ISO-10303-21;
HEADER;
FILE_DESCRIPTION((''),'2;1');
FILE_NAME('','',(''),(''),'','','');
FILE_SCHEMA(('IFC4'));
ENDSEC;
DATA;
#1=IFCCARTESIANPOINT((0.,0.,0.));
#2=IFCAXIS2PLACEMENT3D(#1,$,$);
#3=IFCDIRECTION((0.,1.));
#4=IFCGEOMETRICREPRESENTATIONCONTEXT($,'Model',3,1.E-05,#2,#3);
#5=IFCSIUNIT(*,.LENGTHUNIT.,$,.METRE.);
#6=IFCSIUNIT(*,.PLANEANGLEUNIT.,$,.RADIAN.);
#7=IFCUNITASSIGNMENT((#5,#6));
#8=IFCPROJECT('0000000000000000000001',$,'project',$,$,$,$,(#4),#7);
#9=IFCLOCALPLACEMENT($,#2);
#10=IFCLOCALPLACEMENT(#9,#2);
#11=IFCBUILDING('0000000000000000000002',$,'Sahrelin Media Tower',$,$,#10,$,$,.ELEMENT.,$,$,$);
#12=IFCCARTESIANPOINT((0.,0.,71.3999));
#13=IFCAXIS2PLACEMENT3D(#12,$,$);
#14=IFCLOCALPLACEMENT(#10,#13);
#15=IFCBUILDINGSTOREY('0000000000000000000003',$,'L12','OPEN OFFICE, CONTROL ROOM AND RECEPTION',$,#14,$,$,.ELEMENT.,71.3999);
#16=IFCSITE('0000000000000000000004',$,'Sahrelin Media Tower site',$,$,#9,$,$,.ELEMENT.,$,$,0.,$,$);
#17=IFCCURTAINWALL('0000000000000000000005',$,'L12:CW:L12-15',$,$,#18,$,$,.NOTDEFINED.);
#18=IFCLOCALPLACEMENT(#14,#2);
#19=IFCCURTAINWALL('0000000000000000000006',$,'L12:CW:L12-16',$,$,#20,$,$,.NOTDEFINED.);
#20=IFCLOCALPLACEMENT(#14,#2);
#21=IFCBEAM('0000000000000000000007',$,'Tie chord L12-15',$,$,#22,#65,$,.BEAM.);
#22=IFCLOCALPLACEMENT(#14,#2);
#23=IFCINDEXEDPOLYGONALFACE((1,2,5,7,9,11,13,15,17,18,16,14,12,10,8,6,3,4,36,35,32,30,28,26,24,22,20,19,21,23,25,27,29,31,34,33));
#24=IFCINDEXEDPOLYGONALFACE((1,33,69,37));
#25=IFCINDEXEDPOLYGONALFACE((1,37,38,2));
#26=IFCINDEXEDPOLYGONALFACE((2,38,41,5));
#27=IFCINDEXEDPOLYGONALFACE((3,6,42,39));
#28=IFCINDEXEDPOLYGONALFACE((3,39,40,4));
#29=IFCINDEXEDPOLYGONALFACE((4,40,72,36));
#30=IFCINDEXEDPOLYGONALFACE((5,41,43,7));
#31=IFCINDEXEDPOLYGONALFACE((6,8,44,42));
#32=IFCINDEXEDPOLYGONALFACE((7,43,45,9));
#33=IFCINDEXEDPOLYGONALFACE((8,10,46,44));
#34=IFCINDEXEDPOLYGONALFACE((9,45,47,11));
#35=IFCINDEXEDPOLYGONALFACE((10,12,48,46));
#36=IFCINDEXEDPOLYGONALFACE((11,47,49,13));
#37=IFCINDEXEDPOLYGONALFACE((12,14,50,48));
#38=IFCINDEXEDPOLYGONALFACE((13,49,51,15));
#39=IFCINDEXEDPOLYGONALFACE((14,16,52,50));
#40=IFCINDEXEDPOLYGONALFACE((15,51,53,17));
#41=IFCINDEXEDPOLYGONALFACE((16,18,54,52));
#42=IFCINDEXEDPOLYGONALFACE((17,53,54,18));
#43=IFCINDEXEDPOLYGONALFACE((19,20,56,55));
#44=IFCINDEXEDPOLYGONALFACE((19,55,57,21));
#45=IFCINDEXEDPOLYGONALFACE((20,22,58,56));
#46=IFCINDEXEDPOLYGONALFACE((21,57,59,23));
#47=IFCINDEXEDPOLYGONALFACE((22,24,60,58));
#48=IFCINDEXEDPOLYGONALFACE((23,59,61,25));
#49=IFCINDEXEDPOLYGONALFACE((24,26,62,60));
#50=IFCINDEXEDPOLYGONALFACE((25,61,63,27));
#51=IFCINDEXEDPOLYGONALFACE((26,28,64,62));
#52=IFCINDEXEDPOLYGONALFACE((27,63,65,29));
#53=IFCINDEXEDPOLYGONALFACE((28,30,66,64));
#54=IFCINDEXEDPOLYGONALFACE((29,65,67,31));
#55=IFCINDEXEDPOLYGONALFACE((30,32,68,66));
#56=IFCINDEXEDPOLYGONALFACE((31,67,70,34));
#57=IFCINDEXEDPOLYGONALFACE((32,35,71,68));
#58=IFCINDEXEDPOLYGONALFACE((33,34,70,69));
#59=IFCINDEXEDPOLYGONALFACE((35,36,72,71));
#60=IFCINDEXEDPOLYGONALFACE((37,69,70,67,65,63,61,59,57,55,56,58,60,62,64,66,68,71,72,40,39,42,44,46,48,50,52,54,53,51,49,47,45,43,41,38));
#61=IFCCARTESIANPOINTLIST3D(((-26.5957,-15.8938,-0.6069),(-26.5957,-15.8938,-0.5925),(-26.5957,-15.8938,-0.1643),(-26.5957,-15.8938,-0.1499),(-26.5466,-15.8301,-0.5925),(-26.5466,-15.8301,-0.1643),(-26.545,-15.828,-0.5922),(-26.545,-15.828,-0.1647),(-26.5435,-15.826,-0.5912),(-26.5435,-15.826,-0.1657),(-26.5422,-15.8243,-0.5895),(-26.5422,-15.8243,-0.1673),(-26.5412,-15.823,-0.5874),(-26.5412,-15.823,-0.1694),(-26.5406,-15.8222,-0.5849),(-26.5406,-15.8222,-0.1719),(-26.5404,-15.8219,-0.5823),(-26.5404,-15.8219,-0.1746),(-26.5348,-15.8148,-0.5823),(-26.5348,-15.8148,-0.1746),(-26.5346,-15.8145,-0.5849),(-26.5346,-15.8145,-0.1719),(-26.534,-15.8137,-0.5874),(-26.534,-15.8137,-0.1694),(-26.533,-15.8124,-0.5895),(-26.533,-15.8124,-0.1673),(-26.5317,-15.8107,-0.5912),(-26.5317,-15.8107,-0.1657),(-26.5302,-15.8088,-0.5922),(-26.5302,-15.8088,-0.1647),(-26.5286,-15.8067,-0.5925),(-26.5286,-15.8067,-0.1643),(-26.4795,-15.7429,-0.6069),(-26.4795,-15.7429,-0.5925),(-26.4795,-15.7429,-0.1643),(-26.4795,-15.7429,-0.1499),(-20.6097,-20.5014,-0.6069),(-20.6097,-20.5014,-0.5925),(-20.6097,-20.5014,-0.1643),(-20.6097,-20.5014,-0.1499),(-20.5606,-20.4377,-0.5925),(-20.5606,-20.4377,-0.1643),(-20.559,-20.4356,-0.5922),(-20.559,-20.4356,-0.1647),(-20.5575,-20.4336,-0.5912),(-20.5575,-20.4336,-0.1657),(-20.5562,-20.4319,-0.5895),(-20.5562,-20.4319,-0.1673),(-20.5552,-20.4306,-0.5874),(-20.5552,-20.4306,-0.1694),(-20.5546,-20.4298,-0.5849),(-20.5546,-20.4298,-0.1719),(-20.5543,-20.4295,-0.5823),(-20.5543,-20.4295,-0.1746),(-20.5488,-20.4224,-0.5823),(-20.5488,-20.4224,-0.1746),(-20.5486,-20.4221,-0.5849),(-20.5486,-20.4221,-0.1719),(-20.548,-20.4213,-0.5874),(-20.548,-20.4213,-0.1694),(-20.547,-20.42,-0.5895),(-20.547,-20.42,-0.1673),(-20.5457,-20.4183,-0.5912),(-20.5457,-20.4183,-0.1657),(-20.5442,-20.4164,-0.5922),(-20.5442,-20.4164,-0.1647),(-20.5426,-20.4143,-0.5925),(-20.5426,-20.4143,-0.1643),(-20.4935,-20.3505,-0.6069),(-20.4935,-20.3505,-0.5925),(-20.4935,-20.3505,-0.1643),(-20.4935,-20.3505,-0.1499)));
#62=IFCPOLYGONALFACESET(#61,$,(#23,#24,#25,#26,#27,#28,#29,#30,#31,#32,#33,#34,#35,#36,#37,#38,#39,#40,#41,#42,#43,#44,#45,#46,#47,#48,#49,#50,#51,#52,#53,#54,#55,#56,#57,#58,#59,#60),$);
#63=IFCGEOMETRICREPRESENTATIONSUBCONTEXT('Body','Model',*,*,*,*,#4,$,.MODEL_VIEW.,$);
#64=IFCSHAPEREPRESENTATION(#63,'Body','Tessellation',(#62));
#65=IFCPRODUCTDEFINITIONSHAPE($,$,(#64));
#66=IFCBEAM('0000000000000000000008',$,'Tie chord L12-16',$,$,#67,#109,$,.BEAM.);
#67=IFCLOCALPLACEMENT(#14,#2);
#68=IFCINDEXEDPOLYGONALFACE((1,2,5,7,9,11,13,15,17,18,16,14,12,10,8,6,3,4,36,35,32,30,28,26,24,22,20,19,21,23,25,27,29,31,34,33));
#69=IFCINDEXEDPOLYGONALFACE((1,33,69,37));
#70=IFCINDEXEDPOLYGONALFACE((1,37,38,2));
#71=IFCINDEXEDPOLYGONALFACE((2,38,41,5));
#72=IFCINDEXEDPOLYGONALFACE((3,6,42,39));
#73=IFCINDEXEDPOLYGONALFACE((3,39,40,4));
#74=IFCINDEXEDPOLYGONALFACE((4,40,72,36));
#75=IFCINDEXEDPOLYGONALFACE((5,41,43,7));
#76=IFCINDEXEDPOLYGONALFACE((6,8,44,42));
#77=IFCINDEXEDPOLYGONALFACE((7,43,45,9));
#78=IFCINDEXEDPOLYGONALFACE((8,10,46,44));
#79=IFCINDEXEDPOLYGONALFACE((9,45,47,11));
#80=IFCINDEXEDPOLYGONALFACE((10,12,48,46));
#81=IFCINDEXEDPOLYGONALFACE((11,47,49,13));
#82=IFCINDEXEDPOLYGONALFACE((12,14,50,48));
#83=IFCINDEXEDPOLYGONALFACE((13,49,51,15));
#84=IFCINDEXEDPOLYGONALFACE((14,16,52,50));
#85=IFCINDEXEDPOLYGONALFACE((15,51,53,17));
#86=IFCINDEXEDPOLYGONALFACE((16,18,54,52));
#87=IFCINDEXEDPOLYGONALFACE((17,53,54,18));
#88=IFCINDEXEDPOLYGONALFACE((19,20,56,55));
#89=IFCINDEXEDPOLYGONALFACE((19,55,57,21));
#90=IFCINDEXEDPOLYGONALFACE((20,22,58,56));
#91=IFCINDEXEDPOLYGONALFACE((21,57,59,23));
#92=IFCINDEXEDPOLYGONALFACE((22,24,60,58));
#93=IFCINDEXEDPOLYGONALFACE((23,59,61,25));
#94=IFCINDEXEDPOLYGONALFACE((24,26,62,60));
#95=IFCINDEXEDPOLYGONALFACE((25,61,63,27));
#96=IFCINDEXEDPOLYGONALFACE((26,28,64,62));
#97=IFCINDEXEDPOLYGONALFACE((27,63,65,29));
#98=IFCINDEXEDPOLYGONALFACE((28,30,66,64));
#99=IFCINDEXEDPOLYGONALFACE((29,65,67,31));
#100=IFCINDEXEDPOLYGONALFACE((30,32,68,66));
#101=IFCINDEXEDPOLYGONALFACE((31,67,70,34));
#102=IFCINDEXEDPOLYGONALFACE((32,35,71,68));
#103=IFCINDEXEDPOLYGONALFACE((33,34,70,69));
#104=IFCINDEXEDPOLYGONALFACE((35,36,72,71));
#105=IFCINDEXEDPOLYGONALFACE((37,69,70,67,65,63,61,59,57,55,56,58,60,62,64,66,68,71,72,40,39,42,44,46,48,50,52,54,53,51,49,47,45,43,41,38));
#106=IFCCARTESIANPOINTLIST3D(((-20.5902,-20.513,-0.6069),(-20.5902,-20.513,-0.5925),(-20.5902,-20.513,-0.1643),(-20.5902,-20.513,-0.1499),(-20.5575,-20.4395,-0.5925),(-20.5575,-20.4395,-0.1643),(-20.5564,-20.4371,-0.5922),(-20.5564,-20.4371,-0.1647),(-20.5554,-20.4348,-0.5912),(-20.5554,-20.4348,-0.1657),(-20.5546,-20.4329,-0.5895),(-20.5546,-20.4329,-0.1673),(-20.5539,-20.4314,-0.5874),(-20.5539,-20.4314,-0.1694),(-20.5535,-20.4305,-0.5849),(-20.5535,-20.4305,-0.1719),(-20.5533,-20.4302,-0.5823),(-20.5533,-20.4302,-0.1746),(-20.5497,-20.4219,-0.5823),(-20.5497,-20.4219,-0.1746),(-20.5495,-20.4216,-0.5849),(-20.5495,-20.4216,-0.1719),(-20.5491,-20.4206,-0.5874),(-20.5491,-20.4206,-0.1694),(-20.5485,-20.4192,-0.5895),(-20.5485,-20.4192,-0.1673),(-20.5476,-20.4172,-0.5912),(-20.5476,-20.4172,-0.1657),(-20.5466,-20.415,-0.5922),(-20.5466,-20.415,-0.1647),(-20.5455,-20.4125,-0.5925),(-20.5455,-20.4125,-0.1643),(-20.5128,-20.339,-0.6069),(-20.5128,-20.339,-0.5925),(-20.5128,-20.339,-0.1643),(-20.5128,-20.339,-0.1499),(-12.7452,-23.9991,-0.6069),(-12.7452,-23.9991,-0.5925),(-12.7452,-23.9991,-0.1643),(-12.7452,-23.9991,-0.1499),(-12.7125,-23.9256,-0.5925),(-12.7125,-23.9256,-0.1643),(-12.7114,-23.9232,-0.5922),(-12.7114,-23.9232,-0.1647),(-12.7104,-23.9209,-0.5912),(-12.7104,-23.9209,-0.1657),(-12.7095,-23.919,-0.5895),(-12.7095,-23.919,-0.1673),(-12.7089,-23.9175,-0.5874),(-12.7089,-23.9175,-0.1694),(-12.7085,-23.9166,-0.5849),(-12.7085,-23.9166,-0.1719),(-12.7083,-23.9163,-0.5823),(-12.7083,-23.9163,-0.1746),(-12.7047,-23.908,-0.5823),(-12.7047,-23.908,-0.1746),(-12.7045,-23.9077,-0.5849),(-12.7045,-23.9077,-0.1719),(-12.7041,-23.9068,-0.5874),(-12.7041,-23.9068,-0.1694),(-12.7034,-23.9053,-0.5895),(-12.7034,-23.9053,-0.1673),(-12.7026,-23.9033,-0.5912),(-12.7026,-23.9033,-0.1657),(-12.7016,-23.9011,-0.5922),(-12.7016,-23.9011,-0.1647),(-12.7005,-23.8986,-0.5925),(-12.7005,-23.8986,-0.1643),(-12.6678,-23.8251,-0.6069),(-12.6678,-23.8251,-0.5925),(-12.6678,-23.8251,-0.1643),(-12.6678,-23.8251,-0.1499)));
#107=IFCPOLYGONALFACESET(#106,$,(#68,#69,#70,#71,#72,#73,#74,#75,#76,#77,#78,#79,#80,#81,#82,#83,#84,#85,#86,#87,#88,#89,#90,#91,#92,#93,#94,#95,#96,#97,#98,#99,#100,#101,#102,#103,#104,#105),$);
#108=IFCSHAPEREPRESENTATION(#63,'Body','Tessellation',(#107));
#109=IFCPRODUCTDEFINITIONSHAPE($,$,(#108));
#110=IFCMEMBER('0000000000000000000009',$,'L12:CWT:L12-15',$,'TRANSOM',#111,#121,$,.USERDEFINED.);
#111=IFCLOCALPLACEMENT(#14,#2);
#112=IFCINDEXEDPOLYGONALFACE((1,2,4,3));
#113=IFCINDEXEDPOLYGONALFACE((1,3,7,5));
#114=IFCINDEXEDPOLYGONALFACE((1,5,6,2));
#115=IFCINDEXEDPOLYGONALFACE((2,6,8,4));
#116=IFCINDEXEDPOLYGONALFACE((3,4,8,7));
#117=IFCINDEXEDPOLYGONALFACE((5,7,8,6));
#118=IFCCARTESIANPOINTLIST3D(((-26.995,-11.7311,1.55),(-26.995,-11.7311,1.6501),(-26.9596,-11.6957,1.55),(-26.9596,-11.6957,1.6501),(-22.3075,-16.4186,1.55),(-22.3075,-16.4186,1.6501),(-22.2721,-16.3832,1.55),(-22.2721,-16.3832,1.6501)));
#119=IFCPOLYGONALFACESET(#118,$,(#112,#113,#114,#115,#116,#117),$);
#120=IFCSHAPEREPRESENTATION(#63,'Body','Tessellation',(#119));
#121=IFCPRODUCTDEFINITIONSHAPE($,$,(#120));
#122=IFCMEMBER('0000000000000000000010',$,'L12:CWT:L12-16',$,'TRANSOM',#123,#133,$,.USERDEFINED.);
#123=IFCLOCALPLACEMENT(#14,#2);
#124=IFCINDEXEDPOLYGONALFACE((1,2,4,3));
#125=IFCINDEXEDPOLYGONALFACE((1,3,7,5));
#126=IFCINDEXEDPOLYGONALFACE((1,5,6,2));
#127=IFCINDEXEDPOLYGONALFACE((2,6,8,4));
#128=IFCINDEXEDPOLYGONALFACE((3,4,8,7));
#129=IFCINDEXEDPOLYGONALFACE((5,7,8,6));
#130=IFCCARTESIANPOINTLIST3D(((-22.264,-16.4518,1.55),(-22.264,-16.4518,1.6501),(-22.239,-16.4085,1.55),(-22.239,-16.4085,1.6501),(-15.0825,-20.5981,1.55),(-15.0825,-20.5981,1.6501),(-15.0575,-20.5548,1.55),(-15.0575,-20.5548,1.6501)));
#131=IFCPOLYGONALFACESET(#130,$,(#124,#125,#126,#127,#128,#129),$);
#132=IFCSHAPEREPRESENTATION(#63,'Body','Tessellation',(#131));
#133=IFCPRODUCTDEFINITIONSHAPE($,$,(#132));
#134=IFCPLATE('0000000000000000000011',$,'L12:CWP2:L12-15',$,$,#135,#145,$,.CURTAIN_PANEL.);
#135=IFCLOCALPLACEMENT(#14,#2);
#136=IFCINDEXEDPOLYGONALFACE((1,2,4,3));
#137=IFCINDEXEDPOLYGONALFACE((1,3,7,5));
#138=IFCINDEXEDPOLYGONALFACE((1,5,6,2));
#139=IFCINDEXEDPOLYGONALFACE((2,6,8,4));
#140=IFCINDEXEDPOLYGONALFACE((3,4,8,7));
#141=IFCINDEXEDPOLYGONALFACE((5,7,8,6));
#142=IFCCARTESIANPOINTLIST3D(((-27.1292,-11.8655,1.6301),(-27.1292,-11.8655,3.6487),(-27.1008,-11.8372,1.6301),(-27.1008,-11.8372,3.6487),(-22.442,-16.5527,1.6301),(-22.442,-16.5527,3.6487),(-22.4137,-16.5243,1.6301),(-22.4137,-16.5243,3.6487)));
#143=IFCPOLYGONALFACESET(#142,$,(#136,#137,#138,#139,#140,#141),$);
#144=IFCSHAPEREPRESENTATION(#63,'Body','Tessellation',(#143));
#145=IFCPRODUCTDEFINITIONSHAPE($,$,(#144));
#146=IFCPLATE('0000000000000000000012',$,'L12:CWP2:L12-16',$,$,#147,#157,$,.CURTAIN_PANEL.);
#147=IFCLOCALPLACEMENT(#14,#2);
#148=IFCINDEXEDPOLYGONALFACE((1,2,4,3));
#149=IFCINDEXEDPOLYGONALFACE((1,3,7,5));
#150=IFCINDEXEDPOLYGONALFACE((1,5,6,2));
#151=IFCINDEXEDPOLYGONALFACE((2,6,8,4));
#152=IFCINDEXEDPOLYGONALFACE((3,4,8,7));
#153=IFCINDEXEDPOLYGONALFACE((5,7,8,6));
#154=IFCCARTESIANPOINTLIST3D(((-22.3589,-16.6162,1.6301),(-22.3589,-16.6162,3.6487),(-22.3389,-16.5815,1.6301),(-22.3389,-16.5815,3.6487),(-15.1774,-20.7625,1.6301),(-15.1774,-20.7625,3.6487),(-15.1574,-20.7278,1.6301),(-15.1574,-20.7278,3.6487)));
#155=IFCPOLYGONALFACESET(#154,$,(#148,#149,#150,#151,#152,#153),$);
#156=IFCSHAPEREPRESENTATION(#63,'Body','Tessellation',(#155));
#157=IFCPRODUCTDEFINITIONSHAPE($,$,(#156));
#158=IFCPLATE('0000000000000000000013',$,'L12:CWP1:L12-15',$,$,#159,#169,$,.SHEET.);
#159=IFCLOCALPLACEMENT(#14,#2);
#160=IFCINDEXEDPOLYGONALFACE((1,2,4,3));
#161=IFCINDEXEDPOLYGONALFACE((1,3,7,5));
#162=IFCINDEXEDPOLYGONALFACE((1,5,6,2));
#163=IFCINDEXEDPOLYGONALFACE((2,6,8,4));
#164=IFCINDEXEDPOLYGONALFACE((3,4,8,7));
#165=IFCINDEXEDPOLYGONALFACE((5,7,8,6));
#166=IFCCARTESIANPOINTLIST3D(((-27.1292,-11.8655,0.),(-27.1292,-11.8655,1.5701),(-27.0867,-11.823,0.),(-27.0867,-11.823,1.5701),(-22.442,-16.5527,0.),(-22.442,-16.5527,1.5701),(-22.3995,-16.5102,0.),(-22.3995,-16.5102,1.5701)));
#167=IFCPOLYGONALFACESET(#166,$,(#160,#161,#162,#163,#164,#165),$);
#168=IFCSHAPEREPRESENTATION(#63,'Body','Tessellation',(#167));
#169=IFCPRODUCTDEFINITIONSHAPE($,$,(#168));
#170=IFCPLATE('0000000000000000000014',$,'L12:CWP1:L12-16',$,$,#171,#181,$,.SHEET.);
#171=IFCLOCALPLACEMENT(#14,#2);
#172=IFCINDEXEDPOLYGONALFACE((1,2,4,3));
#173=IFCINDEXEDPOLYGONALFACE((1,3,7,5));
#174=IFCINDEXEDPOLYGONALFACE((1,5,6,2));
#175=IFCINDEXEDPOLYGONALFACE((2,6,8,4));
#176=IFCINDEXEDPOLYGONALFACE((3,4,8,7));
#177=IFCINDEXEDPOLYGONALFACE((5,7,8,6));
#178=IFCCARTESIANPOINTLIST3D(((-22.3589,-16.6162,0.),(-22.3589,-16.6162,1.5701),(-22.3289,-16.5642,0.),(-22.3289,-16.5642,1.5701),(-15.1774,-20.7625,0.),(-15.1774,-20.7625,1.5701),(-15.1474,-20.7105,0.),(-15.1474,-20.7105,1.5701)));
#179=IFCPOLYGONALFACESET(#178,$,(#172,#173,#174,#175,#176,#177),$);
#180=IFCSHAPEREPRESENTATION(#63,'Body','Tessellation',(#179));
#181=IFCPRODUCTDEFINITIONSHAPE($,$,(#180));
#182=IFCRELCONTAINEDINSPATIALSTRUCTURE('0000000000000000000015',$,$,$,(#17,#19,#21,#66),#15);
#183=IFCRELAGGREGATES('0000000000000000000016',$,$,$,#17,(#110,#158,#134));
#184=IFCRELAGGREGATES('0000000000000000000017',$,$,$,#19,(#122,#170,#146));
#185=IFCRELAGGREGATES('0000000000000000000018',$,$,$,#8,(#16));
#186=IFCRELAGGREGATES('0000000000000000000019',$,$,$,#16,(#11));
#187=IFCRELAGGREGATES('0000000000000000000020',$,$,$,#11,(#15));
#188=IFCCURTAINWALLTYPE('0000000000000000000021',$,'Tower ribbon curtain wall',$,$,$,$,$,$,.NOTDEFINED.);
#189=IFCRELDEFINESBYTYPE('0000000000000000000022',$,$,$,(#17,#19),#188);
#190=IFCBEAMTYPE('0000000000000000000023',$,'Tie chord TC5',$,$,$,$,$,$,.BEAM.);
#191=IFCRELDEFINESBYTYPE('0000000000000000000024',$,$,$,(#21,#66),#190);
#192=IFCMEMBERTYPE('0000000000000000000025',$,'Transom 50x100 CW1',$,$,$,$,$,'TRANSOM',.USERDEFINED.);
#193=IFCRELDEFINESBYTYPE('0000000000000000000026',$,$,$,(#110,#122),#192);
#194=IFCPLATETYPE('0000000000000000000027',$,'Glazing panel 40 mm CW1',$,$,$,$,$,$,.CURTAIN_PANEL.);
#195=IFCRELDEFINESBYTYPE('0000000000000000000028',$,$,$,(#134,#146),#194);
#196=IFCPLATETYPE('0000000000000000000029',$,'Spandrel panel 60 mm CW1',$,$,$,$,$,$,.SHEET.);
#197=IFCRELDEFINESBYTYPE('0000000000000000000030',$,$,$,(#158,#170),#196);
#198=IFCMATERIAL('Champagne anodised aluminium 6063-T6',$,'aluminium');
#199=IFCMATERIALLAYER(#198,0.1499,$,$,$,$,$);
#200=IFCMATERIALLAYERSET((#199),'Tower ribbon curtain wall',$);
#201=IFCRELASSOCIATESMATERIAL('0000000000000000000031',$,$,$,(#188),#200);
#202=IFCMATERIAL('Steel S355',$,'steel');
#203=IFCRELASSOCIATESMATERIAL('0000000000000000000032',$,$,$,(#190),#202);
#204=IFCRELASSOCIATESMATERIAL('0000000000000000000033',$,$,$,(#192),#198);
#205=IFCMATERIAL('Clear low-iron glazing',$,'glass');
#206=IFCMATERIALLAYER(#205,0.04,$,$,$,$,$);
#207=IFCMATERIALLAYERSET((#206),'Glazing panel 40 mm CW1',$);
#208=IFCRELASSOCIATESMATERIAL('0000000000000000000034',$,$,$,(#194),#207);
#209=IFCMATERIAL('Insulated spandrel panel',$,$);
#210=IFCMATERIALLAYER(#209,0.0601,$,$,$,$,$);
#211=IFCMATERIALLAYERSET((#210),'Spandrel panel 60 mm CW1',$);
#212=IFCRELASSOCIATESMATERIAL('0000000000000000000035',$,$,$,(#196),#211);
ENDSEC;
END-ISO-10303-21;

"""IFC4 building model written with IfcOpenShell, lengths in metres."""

from ifc_helpers import new_model, si_unit, direction, frame, origin, origin_2d, place, context, subcontext, project, spatial, polyline, rectangle, i_section, outline, extrude, material, layer, layer_set, material_profile, profile_set, type_object, element, aggregate, save


model = new_model("IFC4")

# Units and contexts
model_context = context("Model", 3, precision=1e-05, world=origin(), true_north=direction((0.0, 1.0)))
body_context = subcontext(model_context, "Body", "Model", "MODEL_VIEW")
ifc_project = project(units=[si_unit("LENGTHUNIT", "METRE"), si_unit("PLANEANGLEUNIT", "RADIAN")], contexts=[model_context])

# Site, building, storey
site_placement = place(None, origin())
site = spatial("IfcSite", under=ifc_project, at=site_placement, Name="Sahrelin Media Tower site", CompositionType="ELEMENT", RefElevation=0.0)
building_placement = place(site_placement, origin())
building = spatial("IfcBuilding", under=site, at=building_placement, Name="Sahrelin Media Tower", CompositionType="ELEMENT")
storey_placement = place(building_placement, frame((0.0, 0.0, 71.3999)))
storey = spatial("IfcBuildingStorey", under=building, at=storey_placement, Name="L12", Description="OPEN OFFICE, CONTROL ROOM AND RECEPTION", CompositionType="ELEMENT", Elevation=71.3999)

# Shared definitions
ifc_material_1 = material(Name="Steel S355", Category="steel")

# Curtain walls
ifc_material_2 = material(Name="Champagne anodised aluminium 6063-T6", Category="aluminium")
ifc_layer_1 = layer(ifc_material_2, 0.1499)
ifc_layer_set_1 = layer_set([ifc_layer_1], Name="Tower ribbon curtain wall")
curtain_wall_type = type_object("IfcCurtainWallType", Name="Tower ribbon curtain wall", PredefinedType="NOTDEFINED", material=ifc_layer_set_1)
curtain_wall_1_placement = place(storey_placement, frame((-24.7715, -14.1951, 0.0), z_axis=(0.0, 0.0, 1.0), x_axis=(1.0, 0.0, 0.0)))
curtain_wall_1 = element("IfcCurtainWall", 1, at=curtain_wall_1_placement, inside=storey, type_object=curtain_wall_type, Name="L12:CW:L12-15", PredefinedType="NOTDEFINED")
curtain_wall_2_placement = place(storey_placement, frame((-18.7583, -18.6721, 0.0), z_axis=(0.0, 0.0, 1.0), x_axis=(1.0, 0.0, 0.0)))
curtain_wall_2 = element("IfcCurtainWall", 2, at=curtain_wall_2_placement, inside=storey, type_object=curtain_wall_type, Name="L12:CW:L12-16", PredefinedType="NOTDEFINED")

# Beams
ifc_material_profile_1 = material_profile(ifc_material_1, i_section(OverallWidth=0.1904, OverallDepth=0.457, WebThickness=0.009, FlangeThickness=0.0144, FilletRadius=0.0103, at=origin_2d()), Name="UB 457x191x74")
ifc_profile_set_1 = profile_set([ifc_material_profile_1], Name="Steel S355")
beam_type_1 = type_object("IfcBeamType", Name="Tie chord TC5", PredefinedType="BEAM", material=ifc_profile_set_1)
beam_1_placement = place(storey_placement, frame((-26.5376, -15.8184, -0.3784), z_axis=(0.792433, -0.609959, 0.0), x_axis=(0.609959, 0.792433, 0.0)))
element("IfcBeam", 3, at=beam_1_placement, inside=storey, type_object=beam_type_1, Name="Tie chord L12-15", PredefinedType="BEAM", context=body_context, shape_type="SweptSolid", body=[
    extrude(i_section(OverallWidth=0.1904, OverallDepth=0.457, WebThickness=0.009, FlangeThickness=0.0144, FilletRadius=0.0103, at=origin_2d()), origin(), (0.0, 0.0, 1.0), 7.554),
])
beam_2_placement = place(storey_placement, frame((-20.5515, -20.426, -0.3784), z_axis=(0.913836, -0.406083, 0.0), x_axis=(0.406083, 0.913836, 0.0)))
element("IfcBeam", 4, at=beam_2_placement, inside=storey, type_object=beam_type_1, Name="Tie chord L12-16", PredefinedType="BEAM", context=body_context, shape_type="SweptSolid", body=[
    extrude(i_section(OverallWidth=0.1904, OverallDepth=0.457, WebThickness=0.009, FlangeThickness=0.0144, FilletRadius=0.0103, at=origin_2d()), origin(), (0.0, 0.0, 1.0), 8.5847),
])

# Members
ifc_material_profile_2 = material_profile(ifc_material_2, rectangle(XDim=0.05, YDim=0.1001, at=origin_2d()), Name="Transom 50x100")
ifc_profile_set_2 = profile_set([ifc_material_profile_2], Name="Champagne anodised aluminium 6063-T6")
member_type_1 = type_object("IfcMemberType", Name="Transom 50x100 CW1", ElementType="TRANSOM", PredefinedType="USERDEFINED", material=ifc_profile_set_2)
member_1_placement = place(storey_placement, frame((-26.9773, -11.7134, 1.6001), z_axis=(0.707107, -0.707107, 0.0), x_axis=(0.707107, 0.707107, 0.0)))
member_1 = element("IfcMember", 5, at=member_1_placement, type_object=member_type_1, Name="L12:CWT:L12-15", ObjectType="TRANSOM", PredefinedType="USERDEFINED", context=body_context, shape_type="SweptSolid", body=[
    extrude(rectangle(XDim=0.05, YDim=0.1001, at=origin_2d()), origin(), (0.0, 0.0, 1.0), 6.6292),
])
member_2_placement = place(storey_placement, frame((-22.2515, -16.4302, 1.6001), z_axis=(0.866022, -0.500005, 0.0), x_axis=(0.500005, 0.866022, 0.0)))
member_2 = element("IfcMember", 6, at=member_2_placement, type_object=member_type_1, Name="L12:CWT:L12-16", ObjectType="TRANSOM", PredefinedType="USERDEFINED", context=body_context, shape_type="SweptSolid", body=[
    extrude(rectangle(XDim=0.05, YDim=0.1001, at=origin_2d()), origin(), (0.0, 0.0, 1.0), 8.2925),
])

# Plates
ifc_material_3 = material(Name="Clear low-iron glazing", Category="glass")
ifc_layer_2 = layer(ifc_material_3, 0.04)
ifc_layer_set_2 = layer_set([ifc_layer_2], Name="Glazing panel 40 mm CW1")
plate_type_1 = type_object("IfcPlateType", Name="Glazing panel 40 mm CW1", PredefinedType="CURTAIN_PANEL", material=ifc_layer_set_2)
plate_1_placement = place(storey_placement, frame((-27.1292, -11.8655, 1.6301), z_axis=(-0.707107, -0.707107, 0.0), x_axis=(0.707107, -0.707107, 0.0)))
plate_1 = element("IfcPlate", 7, at=plate_1_placement, type_object=plate_type_1, Name="L12:CWP2:L12-15", PredefinedType="CURTAIN_PANEL", context=body_context, shape_type="SweptSolid", body=[
    extrude(outline(polyline([(0.0, 0.0), (6.6287, 0.0), (6.6287, 2.0186), (0.0, 2.0186), (0.0, 0.0)])), origin(), (0.0, 0.0, -1.0), 0.04),
])
plate_2_placement = place(storey_placement, frame((-22.3589, -16.6162, 1.6301), z_axis=(-0.500005, -0.866022, 0.0), x_axis=(0.866022, -0.500005, 0.0)))
plate_2 = element("IfcPlate", 8, at=plate_2_placement, type_object=plate_type_1, Name="L12:CWP2:L12-16", PredefinedType="CURTAIN_PANEL", context=body_context, shape_type="SweptSolid", body=[
    extrude(outline(polyline([(0.0, 0.0), (8.2925, 0.0), (8.2925, 2.0186), (0.0, 2.0186), (0.0, 0.0)])), origin(), (0.0, 0.0, -1.0), 0.04),
])
ifc_material_4 = material(Name="Insulated spandrel panel")
ifc_layer_3 = layer(ifc_material_4, 0.0601)
ifc_layer_set_3 = layer_set([ifc_layer_3], Name="Spandrel panel 60 mm CW1")
plate_type_2 = type_object("IfcPlateType", Name="Spandrel panel 60 mm CW1", PredefinedType="SHEET", material=ifc_layer_set_3)
plate_3_placement = place(storey_placement, frame((-27.1292, -11.8655, 0.0), z_axis=(-0.707107, -0.707107, 0.0), x_axis=(0.707107, -0.707107, 0.0)))
plate_3 = element("IfcPlate", 9, at=plate_3_placement, type_object=plate_type_2, Name="L12:CWP1:L12-15", PredefinedType="SHEET", context=body_context, shape_type="SweptSolid", body=[
    extrude(outline(polyline([(0.0, 0.0), (6.6287, 0.0), (6.6287, 1.5701), (0.0, 1.5701), (0.0, 0.0)])), origin(), (0.0, 0.0, -1.0), 0.0601),
])
aggregate(curtain_wall_1, [member_1, plate_3, plate_1])
plate_4_placement = place(storey_placement, frame((-22.3589, -16.6162, 0.0), z_axis=(-0.500005, -0.866022, 0.0), x_axis=(0.866022, -0.500005, 0.0)))
plate_4 = element("IfcPlate", 10, at=plate_4_placement, type_object=plate_type_2, Name="L12:CWP1:L12-16", PredefinedType="SHEET", context=body_context, shape_type="SweptSolid", body=[
    extrude(outline(polyline([(0.0, 0.0), (8.2925, 0.0), (8.2925, 1.5701), (0.0, 1.5701), (0.0, 0.0)])), origin(), (0.0, 0.0, -1.0), 0.0601),
])
aggregate(curtain_wall_2, [member_2, plate_4, plate_2])

save(model, "model.ifc")
